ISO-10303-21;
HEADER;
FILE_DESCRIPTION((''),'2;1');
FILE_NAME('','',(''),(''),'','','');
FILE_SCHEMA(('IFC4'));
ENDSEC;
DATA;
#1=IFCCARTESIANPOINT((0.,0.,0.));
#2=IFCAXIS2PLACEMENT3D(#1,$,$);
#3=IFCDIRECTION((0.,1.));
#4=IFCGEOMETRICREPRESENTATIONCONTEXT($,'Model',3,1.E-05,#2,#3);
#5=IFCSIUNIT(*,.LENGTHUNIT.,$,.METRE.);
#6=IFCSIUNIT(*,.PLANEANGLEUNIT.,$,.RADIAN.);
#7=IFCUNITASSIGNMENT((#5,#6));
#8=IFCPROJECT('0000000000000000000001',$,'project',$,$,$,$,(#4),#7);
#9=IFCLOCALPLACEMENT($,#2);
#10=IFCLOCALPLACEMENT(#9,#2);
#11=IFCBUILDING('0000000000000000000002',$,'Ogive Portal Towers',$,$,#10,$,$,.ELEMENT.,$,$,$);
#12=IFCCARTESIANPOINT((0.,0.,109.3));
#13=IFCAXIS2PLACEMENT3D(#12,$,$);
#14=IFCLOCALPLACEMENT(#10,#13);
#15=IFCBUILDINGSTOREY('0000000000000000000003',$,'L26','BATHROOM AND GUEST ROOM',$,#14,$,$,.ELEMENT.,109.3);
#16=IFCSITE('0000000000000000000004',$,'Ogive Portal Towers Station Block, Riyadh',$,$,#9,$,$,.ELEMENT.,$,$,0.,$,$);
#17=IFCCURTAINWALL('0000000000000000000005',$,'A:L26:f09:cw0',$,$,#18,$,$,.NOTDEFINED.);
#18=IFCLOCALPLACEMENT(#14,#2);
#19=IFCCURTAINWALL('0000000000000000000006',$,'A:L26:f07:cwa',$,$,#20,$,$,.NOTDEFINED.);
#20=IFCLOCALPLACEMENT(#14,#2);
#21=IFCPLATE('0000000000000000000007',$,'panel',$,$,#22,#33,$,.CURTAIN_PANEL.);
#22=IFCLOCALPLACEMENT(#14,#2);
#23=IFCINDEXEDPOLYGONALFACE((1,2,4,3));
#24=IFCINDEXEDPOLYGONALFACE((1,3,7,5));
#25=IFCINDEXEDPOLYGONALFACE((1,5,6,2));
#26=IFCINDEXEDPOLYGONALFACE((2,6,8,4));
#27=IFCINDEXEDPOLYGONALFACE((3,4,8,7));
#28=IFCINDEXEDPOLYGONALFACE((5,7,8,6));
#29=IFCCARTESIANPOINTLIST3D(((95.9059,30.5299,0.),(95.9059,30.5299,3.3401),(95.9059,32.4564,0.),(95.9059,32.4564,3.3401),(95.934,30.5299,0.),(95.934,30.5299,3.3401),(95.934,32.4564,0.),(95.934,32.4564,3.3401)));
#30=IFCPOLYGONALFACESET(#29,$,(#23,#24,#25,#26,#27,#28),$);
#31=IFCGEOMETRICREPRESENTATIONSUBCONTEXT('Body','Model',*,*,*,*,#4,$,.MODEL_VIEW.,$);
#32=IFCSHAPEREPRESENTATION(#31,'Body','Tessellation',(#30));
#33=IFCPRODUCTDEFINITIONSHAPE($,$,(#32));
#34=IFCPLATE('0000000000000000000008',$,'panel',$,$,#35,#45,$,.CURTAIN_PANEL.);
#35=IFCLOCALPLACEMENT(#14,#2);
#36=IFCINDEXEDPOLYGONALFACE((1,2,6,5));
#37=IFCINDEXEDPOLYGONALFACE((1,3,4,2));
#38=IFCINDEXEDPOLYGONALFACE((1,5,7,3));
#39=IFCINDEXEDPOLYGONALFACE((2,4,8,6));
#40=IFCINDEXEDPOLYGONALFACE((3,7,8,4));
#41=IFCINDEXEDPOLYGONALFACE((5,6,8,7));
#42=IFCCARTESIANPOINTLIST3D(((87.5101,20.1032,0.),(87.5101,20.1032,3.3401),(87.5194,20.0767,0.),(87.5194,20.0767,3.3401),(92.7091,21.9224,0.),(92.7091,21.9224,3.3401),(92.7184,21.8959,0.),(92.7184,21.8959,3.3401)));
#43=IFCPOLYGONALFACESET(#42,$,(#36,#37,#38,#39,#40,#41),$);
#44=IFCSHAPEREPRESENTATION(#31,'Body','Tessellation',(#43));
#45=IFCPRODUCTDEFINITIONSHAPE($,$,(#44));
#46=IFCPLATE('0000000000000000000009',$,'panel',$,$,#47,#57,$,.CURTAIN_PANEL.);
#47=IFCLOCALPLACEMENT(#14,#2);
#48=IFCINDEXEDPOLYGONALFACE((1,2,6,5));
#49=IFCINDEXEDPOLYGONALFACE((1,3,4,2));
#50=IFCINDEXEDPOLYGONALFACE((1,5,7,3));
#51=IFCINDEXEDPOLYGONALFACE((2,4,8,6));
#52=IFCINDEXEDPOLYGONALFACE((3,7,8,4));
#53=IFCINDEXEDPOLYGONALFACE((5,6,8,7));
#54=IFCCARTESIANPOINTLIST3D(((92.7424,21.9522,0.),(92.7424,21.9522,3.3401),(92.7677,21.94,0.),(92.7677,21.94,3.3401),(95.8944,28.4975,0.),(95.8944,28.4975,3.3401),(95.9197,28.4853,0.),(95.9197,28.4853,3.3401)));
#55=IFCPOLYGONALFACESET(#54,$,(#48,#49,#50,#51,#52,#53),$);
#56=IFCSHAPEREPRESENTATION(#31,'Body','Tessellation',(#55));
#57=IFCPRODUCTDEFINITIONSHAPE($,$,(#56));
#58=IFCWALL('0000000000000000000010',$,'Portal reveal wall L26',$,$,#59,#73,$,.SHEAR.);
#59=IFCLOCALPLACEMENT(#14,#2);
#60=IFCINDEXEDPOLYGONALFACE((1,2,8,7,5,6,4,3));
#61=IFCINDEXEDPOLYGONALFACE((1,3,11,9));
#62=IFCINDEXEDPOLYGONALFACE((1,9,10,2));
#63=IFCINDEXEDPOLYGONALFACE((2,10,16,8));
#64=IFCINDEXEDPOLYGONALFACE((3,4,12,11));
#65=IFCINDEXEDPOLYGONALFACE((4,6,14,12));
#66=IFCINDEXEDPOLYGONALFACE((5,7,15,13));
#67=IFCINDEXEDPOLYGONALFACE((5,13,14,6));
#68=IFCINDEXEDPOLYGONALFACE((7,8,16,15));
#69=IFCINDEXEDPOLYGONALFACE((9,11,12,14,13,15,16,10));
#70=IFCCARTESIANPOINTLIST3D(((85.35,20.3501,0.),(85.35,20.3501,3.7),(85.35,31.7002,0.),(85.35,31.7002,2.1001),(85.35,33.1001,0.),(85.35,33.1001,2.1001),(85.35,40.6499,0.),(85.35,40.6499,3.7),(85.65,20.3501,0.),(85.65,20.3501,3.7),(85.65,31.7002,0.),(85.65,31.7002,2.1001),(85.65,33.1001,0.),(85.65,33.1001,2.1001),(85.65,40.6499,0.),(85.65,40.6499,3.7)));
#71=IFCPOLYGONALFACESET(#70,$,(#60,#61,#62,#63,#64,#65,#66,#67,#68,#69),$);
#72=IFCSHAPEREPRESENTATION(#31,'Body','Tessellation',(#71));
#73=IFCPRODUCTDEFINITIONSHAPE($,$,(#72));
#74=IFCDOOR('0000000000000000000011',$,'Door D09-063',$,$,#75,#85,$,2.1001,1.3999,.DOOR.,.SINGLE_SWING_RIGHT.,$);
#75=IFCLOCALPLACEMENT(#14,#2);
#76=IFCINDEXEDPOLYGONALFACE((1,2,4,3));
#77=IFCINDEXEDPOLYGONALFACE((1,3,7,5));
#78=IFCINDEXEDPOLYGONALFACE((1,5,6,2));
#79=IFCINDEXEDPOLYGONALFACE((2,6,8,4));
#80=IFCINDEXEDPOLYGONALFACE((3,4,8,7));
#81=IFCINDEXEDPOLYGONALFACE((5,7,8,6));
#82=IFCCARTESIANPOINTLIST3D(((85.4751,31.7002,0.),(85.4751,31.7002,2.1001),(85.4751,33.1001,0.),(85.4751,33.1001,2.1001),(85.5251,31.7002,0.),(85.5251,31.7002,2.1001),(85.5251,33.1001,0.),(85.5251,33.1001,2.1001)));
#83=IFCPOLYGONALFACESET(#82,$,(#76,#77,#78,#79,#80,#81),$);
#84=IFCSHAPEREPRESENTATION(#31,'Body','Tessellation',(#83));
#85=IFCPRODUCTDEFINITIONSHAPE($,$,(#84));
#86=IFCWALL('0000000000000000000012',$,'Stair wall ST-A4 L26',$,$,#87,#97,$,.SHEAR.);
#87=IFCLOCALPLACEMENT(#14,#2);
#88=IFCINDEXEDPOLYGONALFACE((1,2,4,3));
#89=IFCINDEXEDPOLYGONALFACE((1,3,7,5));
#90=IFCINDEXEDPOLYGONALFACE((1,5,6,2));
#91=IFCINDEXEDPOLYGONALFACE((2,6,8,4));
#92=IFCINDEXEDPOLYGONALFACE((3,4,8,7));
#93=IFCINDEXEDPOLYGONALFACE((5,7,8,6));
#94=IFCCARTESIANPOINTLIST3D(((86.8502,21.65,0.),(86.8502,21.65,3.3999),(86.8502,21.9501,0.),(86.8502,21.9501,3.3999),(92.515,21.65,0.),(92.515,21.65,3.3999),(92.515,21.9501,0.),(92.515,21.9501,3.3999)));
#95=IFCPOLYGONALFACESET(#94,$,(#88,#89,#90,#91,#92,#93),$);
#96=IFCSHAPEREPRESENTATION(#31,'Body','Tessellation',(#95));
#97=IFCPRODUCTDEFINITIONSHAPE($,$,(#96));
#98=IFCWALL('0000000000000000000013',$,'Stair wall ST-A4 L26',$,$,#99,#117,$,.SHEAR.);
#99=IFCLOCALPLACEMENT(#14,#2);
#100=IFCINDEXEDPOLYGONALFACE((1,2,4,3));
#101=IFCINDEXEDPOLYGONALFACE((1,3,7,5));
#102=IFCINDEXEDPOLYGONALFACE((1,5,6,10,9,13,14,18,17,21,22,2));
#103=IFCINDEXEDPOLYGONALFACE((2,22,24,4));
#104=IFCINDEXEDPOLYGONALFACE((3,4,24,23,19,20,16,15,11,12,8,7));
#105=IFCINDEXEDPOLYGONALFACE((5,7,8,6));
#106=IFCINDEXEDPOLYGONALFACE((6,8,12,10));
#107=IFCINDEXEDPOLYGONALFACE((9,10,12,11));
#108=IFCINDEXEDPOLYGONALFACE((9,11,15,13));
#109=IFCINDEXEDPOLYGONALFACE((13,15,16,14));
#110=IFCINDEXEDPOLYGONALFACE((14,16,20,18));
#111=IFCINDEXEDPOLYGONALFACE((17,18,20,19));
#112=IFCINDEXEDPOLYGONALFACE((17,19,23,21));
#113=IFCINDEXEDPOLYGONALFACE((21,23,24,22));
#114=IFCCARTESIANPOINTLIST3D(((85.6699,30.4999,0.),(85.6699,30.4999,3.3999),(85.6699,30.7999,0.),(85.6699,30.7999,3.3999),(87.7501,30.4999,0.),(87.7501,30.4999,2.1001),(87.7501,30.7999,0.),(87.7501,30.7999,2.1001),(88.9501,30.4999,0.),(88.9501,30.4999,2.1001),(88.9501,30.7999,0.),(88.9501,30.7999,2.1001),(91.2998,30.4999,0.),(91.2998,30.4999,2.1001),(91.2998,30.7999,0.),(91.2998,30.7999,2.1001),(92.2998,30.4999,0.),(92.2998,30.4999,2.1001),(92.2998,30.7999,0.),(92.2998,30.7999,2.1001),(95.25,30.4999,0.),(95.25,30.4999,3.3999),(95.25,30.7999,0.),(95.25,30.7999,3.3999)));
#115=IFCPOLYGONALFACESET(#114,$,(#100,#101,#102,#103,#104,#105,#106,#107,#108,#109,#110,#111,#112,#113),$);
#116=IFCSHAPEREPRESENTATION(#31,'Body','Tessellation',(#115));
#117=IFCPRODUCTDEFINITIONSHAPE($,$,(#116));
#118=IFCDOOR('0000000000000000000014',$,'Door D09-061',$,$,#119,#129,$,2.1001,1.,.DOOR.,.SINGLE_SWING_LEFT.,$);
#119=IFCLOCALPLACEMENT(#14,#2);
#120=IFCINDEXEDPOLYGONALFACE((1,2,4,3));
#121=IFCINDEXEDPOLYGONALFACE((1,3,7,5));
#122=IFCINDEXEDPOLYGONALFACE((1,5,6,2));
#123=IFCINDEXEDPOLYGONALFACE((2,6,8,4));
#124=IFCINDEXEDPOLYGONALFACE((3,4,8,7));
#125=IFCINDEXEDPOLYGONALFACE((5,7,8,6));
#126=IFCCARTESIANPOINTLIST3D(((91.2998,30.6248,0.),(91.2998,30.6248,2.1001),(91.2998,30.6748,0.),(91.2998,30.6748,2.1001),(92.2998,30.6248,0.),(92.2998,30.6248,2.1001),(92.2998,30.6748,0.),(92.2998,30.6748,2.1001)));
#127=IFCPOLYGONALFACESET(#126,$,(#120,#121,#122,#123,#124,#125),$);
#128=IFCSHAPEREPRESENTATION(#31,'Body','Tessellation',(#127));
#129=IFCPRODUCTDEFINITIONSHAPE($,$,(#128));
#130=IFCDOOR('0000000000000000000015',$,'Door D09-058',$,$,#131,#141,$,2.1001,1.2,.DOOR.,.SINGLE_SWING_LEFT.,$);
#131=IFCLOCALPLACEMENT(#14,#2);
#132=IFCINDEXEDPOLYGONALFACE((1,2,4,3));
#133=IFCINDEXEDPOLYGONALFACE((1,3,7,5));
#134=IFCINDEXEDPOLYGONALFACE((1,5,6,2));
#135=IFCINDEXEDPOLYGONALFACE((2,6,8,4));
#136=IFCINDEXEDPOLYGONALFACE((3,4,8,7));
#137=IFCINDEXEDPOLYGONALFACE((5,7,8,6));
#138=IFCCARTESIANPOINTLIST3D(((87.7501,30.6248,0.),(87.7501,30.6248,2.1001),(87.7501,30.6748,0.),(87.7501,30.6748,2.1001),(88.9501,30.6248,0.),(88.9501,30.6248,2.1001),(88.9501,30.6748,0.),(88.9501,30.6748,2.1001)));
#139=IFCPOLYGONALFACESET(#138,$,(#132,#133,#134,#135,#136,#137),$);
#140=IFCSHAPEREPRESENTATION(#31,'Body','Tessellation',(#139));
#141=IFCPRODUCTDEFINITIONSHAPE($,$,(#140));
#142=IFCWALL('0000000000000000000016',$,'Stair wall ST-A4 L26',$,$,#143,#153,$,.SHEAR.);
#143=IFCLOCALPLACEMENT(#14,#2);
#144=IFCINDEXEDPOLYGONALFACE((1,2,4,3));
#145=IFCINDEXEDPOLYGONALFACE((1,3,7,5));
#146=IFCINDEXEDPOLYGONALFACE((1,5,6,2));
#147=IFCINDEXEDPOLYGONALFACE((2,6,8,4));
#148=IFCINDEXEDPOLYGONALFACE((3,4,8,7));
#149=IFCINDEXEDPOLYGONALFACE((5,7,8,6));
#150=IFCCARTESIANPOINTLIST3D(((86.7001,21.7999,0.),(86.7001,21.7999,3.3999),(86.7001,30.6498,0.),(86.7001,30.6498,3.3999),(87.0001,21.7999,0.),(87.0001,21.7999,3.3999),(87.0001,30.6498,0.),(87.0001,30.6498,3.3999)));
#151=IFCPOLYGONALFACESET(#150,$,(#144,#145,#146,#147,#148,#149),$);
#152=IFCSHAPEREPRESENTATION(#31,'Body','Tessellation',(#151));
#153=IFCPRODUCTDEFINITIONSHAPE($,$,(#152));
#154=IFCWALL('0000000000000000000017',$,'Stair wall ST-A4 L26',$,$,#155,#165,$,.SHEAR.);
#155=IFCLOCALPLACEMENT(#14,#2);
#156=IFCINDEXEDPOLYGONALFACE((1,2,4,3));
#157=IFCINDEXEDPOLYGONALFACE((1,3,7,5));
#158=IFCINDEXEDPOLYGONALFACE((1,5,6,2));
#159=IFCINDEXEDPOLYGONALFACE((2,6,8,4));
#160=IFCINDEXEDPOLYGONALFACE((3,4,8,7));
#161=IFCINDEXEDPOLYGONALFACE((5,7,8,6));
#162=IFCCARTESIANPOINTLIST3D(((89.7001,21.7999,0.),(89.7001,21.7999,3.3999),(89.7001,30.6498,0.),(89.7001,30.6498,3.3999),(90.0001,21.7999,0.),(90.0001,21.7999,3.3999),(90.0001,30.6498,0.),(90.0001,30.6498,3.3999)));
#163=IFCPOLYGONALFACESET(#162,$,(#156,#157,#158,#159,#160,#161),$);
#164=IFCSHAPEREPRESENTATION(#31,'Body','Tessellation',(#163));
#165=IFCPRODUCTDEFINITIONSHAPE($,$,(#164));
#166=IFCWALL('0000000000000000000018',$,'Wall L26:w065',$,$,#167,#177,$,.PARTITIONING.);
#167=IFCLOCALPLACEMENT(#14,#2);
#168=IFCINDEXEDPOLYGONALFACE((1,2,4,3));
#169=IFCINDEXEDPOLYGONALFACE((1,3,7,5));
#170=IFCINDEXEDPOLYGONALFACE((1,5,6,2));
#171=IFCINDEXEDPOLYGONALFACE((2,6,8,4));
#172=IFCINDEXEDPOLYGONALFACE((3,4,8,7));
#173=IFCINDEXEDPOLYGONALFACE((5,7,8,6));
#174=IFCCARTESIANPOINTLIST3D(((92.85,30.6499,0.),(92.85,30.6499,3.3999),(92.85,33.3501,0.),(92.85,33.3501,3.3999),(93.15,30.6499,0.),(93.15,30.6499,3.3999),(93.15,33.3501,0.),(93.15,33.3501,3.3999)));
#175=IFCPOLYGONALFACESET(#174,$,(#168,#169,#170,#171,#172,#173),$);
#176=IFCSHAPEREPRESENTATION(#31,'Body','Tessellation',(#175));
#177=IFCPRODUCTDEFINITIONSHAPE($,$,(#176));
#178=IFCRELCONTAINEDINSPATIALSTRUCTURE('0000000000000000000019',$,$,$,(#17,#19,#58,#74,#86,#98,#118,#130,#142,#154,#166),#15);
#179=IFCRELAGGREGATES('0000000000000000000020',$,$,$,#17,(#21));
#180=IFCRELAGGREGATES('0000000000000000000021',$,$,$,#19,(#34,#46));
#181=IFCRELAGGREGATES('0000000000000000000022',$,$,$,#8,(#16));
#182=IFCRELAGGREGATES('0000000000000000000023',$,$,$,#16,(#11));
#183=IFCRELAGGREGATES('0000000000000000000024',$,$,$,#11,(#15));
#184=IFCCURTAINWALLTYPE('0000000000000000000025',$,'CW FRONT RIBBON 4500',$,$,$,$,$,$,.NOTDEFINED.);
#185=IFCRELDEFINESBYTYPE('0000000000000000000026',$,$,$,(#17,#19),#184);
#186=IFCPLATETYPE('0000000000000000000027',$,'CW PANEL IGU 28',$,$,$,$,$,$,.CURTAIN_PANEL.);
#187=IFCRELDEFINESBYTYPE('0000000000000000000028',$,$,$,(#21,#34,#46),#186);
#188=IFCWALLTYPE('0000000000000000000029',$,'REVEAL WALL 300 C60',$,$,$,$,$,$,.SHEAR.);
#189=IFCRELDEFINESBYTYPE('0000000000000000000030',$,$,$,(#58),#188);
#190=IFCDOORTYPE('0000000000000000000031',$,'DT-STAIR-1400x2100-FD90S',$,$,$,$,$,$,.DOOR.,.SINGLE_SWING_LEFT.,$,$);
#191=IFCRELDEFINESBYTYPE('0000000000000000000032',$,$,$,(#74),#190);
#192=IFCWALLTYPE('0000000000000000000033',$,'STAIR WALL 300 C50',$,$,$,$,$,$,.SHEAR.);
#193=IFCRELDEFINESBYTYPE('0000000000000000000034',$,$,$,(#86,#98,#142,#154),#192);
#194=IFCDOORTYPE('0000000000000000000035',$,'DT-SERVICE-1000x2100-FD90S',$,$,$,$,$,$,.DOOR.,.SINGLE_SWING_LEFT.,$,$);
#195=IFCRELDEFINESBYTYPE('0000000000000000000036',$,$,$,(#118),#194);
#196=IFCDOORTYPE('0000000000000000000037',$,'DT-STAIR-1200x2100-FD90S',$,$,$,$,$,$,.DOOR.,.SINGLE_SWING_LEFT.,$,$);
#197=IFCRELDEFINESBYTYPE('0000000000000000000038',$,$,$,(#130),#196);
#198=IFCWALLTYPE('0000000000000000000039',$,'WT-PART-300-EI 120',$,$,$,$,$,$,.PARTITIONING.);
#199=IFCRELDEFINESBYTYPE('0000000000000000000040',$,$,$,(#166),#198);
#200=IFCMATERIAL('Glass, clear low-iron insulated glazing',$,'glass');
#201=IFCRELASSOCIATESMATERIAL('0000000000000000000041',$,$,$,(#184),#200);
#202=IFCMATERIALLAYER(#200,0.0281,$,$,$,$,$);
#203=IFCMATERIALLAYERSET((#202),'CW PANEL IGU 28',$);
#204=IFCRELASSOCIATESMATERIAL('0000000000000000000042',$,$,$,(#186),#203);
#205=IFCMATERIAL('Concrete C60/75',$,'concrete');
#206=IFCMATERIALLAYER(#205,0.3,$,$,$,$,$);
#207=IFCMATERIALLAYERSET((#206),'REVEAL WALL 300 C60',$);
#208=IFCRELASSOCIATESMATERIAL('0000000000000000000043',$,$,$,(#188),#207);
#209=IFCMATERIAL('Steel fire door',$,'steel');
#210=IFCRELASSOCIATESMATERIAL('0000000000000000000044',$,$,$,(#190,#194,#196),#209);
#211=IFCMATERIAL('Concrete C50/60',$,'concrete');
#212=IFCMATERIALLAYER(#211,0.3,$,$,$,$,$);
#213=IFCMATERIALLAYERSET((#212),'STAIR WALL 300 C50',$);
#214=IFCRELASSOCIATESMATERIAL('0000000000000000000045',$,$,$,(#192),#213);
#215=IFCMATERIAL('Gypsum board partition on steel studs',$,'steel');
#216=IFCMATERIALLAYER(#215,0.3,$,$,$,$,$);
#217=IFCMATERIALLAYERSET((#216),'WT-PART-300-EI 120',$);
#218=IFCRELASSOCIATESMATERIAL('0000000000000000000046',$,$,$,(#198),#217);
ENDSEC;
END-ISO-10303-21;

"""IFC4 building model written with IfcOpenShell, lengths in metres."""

from ifc_helpers import new_model, si_unit, direction, frame, frame_2d, origin, origin_2d, place, context, subcontext, project, spatial, rectangle, extrude, material, layer, layer_set, type_object, element, fill, aggregate, save


model = new_model("IFC4")

# Units and contexts
model_context = context("Model", 3, precision=1e-05, world=origin(), true_north=direction((0.0, 1.0)))
body_context = subcontext(model_context, "Body", "Model", "MODEL_VIEW")
ifc_project = project(units=[si_unit("LENGTHUNIT", "METRE"), si_unit("PLANEANGLEUNIT", "RADIAN")], contexts=[model_context])

# Site, building, storey
site_placement = place(None, origin())
site = spatial("IfcSite", under=ifc_project, at=site_placement, Name="Ogive Portal Towers Station Block, Riyadh", CompositionType="ELEMENT", RefElevation=0.0)
building_placement = place(site_placement, origin())
building = spatial("IfcBuilding", under=site, at=building_placement, Name="Ogive Portal Towers", CompositionType="ELEMENT")
storey_placement = place(building_placement, frame((0.0, 0.0, 109.3)))
storey = spatial("IfcBuildingStorey", under=building, at=storey_placement, Name="L26", Description="BATHROOM AND GUEST ROOM", CompositionType="ELEMENT", Elevation=109.3)

# Shared definitions
ifc_material_1 = material(Name="Concrete C60/75", Category="concrete")

# Curtain walls
ifc_material_2 = material(Name="Glass, clear low-iron insulated glazing", Category="glass")
curtain_wall_type = type_object("IfcCurtainWallType", Name="CW FRONT RIBBON 4500", PredefinedType="NOTDEFINED", material=ifc_material_2)
curtain_wall_1_placement = place(storey_placement, origin())
curtain_wall_1 = element("IfcCurtainWall", 1, at=curtain_wall_1_placement, inside=storey, type_object=curtain_wall_type, Name="A:L26:f09:cw0", PredefinedType="NOTDEFINED")
curtain_wall_2_placement = place(storey_placement, origin())
curtain_wall_2 = element("IfcCurtainWall", 2, at=curtain_wall_2_placement, inside=storey, type_object=curtain_wall_type, Name="A:L26:f07:cwa", PredefinedType="NOTDEFINED")

# Plates
ifc_layer_1 = layer(ifc_material_2, 0.0281)
ifc_layer_set_1 = layer_set([ifc_layer_1], Name="CW PANEL IGU 28")
plate_type = type_object("IfcPlateType", Name="CW PANEL IGU 28", PredefinedType="CURTAIN_PANEL", material=ifc_layer_set_1)
plate_1_placement = place(storey_placement, frame((95.9199, 31.4932, 0.0), z_axis=(0.0, 0.0, 1.0), x_axis=(0.0, 1.0, 0.0)))
plate_1 = element("IfcPlate", 3, at=plate_1_placement, type_object=plate_type, Name="panel", PredefinedType="CURTAIN_PANEL", context=body_context, shape_type="SweptSolid", body=[
    extrude(rectangle(XDim=1.9265, YDim=0.0281, at=origin_2d()), origin(), (0.0, 0.0, 1.0), 3.3401),
])
aggregate(curtain_wall_1, [plate_1])
plate_2_placement = place(storey_placement, frame((90.1143, 20.9995, 0.0), z_axis=(0.0, 0.0, 1.0), x_axis=(0.943883, 0.330279, 0.0)))
plate_2 = element("IfcPlate", 4, at=plate_2_placement, type_object=plate_type, Name="panel", PredefinedType="CURTAIN_PANEL", context=body_context, shape_type="SweptSolid", body=[
    extrude(rectangle(XDim=5.5081, YDim=0.0281, at=origin_2d()), origin(), (0.0, 0.0, 1.0), 3.3401),
])
plate_3_placement = place(storey_placement, frame((94.3311, 25.2188, 0.0), z_axis=(0.0, 0.0, 1.0), x_axis=(0.433884, 0.900969, 0.0)))
plate_3 = element("IfcPlate", 5, at=plate_3_placement, type_object=plate_type, Name="panel", PredefinedType="CURTAIN_PANEL", context=body_context, shape_type="SweptSolid", body=[
    extrude(rectangle(XDim=7.2646, YDim=0.0281, at=origin_2d()), origin(), (0.0, 0.0, 1.0), 3.3401),
])
aggregate(curtain_wall_2, [plate_2, plate_3])

# Wall, opening, door
ifc_layer_2 = layer(ifc_material_1, 0.3)
ifc_layer_set_2 = layer_set([ifc_layer_2], Name="REVEAL WALL 300 C60")
wall_type_1 = type_object("IfcWallType", Name="REVEAL WALL 300 C60", PredefinedType="SHEAR", material=ifc_layer_set_2)
wall_1_placement = place(storey_placement, frame((85.5, 20.3501, 0.0), z_axis=(0.0, 0.0, 1.0), x_axis=(0.0, 1.0, 0.0)))
wall_1 = element("IfcWall", 6, at=wall_1_placement, inside=storey, type_object=wall_type_1, Name="Portal reveal wall L26", PredefinedType="SHEAR", context=body_context, shape_type="SweptSolid", body=[
    extrude(rectangle(XDim=20.2998, YDim=0.3, at=frame_2d((10.1499, 0.0))), origin(), (0.0, 0.0, 1.0), 3.7),
])
opening_1_placement = place(wall_1_placement, frame((11.3501, 0.0, 0.0)))
opening_1 = element("IfcOpeningElement", 7, at=opening_1_placement, cuts=wall_1, PredefinedType="OPENING", context=body_context, shape_type="SweptSolid", body=[
    extrude(rectangle(XDim=1.3999, YDim=2.1001, at=frame_2d((0.7, 1.05))), frame((0.0, 0.1602, 0.0), z_axis=(0.0, -1.0, 0.0), x_axis=(1.0, 0.0, 0.0)), (0.0, 0.0, 1.0), 0.3201),
])
ifc_material_3 = material(Name="Steel fire door", Category="steel")
door_type_1 = type_object("IfcDoorType", Name="DT-STAIR-1400x2100-FD90S", OperationType="SINGLE_SWING_LEFT", PredefinedType="DOOR", material=ifc_material_3)
door_1_placement = place(opening_1_placement, origin())
door_1 = element("IfcDoor", 8, at=door_1_placement, inside=storey, type_object=door_type_1, Name="Door D09-063", OperationType="SINGLE_SWING_RIGHT", OverallHeight=2.1001, OverallWidth=1.3999, PredefinedType="DOOR", context=body_context, shape_type="SweptSolid", body=[
    extrude(rectangle(XDim=1.3999, YDim=2.1001, at=frame_2d((0.7, 1.05))), frame((0.0, 0.0249, 0.0), z_axis=(0.0, -1.0, 0.0), x_axis=(1.0, 0.0, 0.0)), (0.0, 0.0, 1.0), 0.05),
])
fill(opening_1, door_1)

# Wall
ifc_material_4 = material(Name="Concrete C50/60", Category="concrete")
ifc_layer_3 = layer(ifc_material_4, 0.3)
ifc_layer_set_3 = layer_set([ifc_layer_3], Name="STAIR WALL 300 C50")
wall_type_2 = type_object("IfcWallType", Name="STAIR WALL 300 C50", PredefinedType="SHEAR", material=ifc_layer_set_3)
wall_2_placement = place(storey_placement, frame((86.8501, 21.8, 0.0), z_axis=(0.0, 0.0, 1.0), x_axis=(1.0, 0.0, 0.0)))
element("IfcWall", 9, at=wall_2_placement, inside=storey, type_object=wall_type_2, Name="Stair wall ST-A4 L26", PredefinedType="SHEAR", context=body_context, shape_type="SweptSolid", body=[
    extrude(rectangle(XDim=5.6648, YDim=0.3, at=frame_2d((2.8325, 0.0))), origin(), (0.0, 0.0, 1.0), 3.3999),
])

# Wall, openings, doors
wall_3_placement = place(storey_placement, frame((85.6699, 30.6499, 0.0), z_axis=(0.0, 0.0, 1.0), x_axis=(1.0, 0.0, 0.0)))
wall_3 = element("IfcWall", 10, at=wall_3_placement, inside=storey, type_object=wall_type_2, Name="Stair wall ST-A4 L26", PredefinedType="SHEAR", context=body_context, shape_type="SweptSolid", body=[
    extrude(rectangle(XDim=9.5801, YDim=0.3, at=frame_2d((4.79, 0.0))), origin(), (0.0, 0.0, 1.0), 3.3999),
])
opening_2_placement = place(wall_3_placement, frame((2.0801, 0.0, 0.0)))
opening_2 = element("IfcOpeningElement", 11, at=opening_2_placement, cuts=wall_3, PredefinedType="OPENING", context=body_context, shape_type="SweptSolid", body=[
    extrude(rectangle(XDim=1.2, YDim=2.1001, at=frame_2d((0.6001, 1.05))), frame((0.0, 0.1602, 0.0), z_axis=(0.0, -1.0, 0.0), x_axis=(1.0, 0.0, 0.0)), (0.0, 0.0, 1.0), 0.3201),
])
opening_3_placement = place(wall_3_placement, frame((5.6299, 0.0, 0.0)))
opening_3 = element("IfcOpeningElement", 12, at=opening_3_placement, cuts=wall_3, PredefinedType="OPENING", context=body_context, shape_type="SweptSolid", body=[
    extrude(rectangle(XDim=1.0, YDim=2.1001, at=frame_2d((0.5, 1.05))), frame((0.0, 0.1602, 0.0), z_axis=(0.0, -1.0, 0.0), x_axis=(1.0, 0.0, 0.0)), (0.0, 0.0, 1.0), 0.3201),
])
door_type_2 = type_object("IfcDoorType", Name="DT-SERVICE-1000x2100-FD90S", OperationType="SINGLE_SWING_LEFT", PredefinedType="DOOR", material=ifc_material_3)
door_2_placement = place(opening_3_placement, origin())
door_2 = element("IfcDoor", 13, at=door_2_placement, inside=storey, type_object=door_type_2, Name="Door D09-061", OperationType="SINGLE_SWING_LEFT", OverallHeight=2.1001, OverallWidth=1.0, PredefinedType="DOOR", context=body_context, shape_type="SweptSolid", body=[
    extrude(rectangle(XDim=1.0, YDim=2.1001, at=frame_2d((0.5, 1.05))), frame((0.0, 0.0249, 0.0), z_axis=(0.0, -1.0, 0.0), x_axis=(1.0, 0.0, 0.0)), (0.0, 0.0, 1.0), 0.05),
])
fill(opening_3, door_2)
door_type_3 = type_object("IfcDoorType", Name="DT-STAIR-1200x2100-FD90S", OperationType="SINGLE_SWING_LEFT", PredefinedType="DOOR", material=ifc_material_3)
door_3_placement = place(opening_2_placement, origin())
door_3 = element("IfcDoor", 14, at=door_3_placement, inside=storey, type_object=door_type_3, Name="Door D09-058", OperationType="SINGLE_SWING_LEFT", OverallHeight=2.1001, OverallWidth=1.2, PredefinedType="DOOR", context=body_context, shape_type="SweptSolid", body=[
    extrude(rectangle(XDim=1.2, YDim=2.1001, at=frame_2d((0.6001, 1.05))), frame((0.0, 0.0249, 0.0), z_axis=(0.0, -1.0, 0.0), x_axis=(1.0, 0.0, 0.0)), (0.0, 0.0, 1.0), 0.05),
])
fill(opening_2, door_3)

# Walls
for number, where, z_axis, x_axis, name in (
    (15, (86.8501, 21.8, 0.0), (0.0, 0.0, 1.0), (0.0, 1.0, 0.0), "Stair wall ST-A4 L26"),
    (16, (89.8501, 21.8, 0.0), (0.0, 0.0, 1.0), (0.0, 1.0, 0.0), "Stair wall ST-A4 L26"),
):
    element("IfcWall", number, at=place(storey_placement, frame(where, z_axis=z_axis, x_axis=x_axis)), inside=storey, type_object=wall_type_2, Name=name, PredefinedType="SHEAR", context=body_context, shape_type="SweptSolid", body=[
        extrude(rectangle(XDim=8.8499, YDim=0.3, at=frame_2d((4.4248, 0.0))), origin(), (0.0, 0.0, 1.0), 3.3999),
    ])
ifc_material_5 = material(Name="Gypsum board partition on steel studs", Category="steel")
ifc_layer_4 = layer(ifc_material_5, 0.3)
ifc_layer_set_4 = layer_set([ifc_layer_4], Name="WT-PART-300-EI 120")
wall_type_3 = type_object("IfcWallType", Name="WT-PART-300-EI 120", PredefinedType="PARTITIONING", material=ifc_layer_set_4)
wall_4_placement = place(storey_placement, frame((93.0, 30.6499, 0.0), z_axis=(0.0, 0.0, 1.0), x_axis=(0.0, 1.0, 0.0)))
element("IfcWall", 17, at=wall_4_placement, inside=storey, type_object=wall_type_3, Name="Wall L26:w065", PredefinedType="PARTITIONING", context=body_context, shape_type="SweptSolid", body=[
    extrude(rectangle(XDim=2.7002, YDim=0.3, at=frame_2d((1.3501, 0.0))), origin(), (0.0, 0.0, 1.0), 3.3999),
])

save(model, "model.ifc")
